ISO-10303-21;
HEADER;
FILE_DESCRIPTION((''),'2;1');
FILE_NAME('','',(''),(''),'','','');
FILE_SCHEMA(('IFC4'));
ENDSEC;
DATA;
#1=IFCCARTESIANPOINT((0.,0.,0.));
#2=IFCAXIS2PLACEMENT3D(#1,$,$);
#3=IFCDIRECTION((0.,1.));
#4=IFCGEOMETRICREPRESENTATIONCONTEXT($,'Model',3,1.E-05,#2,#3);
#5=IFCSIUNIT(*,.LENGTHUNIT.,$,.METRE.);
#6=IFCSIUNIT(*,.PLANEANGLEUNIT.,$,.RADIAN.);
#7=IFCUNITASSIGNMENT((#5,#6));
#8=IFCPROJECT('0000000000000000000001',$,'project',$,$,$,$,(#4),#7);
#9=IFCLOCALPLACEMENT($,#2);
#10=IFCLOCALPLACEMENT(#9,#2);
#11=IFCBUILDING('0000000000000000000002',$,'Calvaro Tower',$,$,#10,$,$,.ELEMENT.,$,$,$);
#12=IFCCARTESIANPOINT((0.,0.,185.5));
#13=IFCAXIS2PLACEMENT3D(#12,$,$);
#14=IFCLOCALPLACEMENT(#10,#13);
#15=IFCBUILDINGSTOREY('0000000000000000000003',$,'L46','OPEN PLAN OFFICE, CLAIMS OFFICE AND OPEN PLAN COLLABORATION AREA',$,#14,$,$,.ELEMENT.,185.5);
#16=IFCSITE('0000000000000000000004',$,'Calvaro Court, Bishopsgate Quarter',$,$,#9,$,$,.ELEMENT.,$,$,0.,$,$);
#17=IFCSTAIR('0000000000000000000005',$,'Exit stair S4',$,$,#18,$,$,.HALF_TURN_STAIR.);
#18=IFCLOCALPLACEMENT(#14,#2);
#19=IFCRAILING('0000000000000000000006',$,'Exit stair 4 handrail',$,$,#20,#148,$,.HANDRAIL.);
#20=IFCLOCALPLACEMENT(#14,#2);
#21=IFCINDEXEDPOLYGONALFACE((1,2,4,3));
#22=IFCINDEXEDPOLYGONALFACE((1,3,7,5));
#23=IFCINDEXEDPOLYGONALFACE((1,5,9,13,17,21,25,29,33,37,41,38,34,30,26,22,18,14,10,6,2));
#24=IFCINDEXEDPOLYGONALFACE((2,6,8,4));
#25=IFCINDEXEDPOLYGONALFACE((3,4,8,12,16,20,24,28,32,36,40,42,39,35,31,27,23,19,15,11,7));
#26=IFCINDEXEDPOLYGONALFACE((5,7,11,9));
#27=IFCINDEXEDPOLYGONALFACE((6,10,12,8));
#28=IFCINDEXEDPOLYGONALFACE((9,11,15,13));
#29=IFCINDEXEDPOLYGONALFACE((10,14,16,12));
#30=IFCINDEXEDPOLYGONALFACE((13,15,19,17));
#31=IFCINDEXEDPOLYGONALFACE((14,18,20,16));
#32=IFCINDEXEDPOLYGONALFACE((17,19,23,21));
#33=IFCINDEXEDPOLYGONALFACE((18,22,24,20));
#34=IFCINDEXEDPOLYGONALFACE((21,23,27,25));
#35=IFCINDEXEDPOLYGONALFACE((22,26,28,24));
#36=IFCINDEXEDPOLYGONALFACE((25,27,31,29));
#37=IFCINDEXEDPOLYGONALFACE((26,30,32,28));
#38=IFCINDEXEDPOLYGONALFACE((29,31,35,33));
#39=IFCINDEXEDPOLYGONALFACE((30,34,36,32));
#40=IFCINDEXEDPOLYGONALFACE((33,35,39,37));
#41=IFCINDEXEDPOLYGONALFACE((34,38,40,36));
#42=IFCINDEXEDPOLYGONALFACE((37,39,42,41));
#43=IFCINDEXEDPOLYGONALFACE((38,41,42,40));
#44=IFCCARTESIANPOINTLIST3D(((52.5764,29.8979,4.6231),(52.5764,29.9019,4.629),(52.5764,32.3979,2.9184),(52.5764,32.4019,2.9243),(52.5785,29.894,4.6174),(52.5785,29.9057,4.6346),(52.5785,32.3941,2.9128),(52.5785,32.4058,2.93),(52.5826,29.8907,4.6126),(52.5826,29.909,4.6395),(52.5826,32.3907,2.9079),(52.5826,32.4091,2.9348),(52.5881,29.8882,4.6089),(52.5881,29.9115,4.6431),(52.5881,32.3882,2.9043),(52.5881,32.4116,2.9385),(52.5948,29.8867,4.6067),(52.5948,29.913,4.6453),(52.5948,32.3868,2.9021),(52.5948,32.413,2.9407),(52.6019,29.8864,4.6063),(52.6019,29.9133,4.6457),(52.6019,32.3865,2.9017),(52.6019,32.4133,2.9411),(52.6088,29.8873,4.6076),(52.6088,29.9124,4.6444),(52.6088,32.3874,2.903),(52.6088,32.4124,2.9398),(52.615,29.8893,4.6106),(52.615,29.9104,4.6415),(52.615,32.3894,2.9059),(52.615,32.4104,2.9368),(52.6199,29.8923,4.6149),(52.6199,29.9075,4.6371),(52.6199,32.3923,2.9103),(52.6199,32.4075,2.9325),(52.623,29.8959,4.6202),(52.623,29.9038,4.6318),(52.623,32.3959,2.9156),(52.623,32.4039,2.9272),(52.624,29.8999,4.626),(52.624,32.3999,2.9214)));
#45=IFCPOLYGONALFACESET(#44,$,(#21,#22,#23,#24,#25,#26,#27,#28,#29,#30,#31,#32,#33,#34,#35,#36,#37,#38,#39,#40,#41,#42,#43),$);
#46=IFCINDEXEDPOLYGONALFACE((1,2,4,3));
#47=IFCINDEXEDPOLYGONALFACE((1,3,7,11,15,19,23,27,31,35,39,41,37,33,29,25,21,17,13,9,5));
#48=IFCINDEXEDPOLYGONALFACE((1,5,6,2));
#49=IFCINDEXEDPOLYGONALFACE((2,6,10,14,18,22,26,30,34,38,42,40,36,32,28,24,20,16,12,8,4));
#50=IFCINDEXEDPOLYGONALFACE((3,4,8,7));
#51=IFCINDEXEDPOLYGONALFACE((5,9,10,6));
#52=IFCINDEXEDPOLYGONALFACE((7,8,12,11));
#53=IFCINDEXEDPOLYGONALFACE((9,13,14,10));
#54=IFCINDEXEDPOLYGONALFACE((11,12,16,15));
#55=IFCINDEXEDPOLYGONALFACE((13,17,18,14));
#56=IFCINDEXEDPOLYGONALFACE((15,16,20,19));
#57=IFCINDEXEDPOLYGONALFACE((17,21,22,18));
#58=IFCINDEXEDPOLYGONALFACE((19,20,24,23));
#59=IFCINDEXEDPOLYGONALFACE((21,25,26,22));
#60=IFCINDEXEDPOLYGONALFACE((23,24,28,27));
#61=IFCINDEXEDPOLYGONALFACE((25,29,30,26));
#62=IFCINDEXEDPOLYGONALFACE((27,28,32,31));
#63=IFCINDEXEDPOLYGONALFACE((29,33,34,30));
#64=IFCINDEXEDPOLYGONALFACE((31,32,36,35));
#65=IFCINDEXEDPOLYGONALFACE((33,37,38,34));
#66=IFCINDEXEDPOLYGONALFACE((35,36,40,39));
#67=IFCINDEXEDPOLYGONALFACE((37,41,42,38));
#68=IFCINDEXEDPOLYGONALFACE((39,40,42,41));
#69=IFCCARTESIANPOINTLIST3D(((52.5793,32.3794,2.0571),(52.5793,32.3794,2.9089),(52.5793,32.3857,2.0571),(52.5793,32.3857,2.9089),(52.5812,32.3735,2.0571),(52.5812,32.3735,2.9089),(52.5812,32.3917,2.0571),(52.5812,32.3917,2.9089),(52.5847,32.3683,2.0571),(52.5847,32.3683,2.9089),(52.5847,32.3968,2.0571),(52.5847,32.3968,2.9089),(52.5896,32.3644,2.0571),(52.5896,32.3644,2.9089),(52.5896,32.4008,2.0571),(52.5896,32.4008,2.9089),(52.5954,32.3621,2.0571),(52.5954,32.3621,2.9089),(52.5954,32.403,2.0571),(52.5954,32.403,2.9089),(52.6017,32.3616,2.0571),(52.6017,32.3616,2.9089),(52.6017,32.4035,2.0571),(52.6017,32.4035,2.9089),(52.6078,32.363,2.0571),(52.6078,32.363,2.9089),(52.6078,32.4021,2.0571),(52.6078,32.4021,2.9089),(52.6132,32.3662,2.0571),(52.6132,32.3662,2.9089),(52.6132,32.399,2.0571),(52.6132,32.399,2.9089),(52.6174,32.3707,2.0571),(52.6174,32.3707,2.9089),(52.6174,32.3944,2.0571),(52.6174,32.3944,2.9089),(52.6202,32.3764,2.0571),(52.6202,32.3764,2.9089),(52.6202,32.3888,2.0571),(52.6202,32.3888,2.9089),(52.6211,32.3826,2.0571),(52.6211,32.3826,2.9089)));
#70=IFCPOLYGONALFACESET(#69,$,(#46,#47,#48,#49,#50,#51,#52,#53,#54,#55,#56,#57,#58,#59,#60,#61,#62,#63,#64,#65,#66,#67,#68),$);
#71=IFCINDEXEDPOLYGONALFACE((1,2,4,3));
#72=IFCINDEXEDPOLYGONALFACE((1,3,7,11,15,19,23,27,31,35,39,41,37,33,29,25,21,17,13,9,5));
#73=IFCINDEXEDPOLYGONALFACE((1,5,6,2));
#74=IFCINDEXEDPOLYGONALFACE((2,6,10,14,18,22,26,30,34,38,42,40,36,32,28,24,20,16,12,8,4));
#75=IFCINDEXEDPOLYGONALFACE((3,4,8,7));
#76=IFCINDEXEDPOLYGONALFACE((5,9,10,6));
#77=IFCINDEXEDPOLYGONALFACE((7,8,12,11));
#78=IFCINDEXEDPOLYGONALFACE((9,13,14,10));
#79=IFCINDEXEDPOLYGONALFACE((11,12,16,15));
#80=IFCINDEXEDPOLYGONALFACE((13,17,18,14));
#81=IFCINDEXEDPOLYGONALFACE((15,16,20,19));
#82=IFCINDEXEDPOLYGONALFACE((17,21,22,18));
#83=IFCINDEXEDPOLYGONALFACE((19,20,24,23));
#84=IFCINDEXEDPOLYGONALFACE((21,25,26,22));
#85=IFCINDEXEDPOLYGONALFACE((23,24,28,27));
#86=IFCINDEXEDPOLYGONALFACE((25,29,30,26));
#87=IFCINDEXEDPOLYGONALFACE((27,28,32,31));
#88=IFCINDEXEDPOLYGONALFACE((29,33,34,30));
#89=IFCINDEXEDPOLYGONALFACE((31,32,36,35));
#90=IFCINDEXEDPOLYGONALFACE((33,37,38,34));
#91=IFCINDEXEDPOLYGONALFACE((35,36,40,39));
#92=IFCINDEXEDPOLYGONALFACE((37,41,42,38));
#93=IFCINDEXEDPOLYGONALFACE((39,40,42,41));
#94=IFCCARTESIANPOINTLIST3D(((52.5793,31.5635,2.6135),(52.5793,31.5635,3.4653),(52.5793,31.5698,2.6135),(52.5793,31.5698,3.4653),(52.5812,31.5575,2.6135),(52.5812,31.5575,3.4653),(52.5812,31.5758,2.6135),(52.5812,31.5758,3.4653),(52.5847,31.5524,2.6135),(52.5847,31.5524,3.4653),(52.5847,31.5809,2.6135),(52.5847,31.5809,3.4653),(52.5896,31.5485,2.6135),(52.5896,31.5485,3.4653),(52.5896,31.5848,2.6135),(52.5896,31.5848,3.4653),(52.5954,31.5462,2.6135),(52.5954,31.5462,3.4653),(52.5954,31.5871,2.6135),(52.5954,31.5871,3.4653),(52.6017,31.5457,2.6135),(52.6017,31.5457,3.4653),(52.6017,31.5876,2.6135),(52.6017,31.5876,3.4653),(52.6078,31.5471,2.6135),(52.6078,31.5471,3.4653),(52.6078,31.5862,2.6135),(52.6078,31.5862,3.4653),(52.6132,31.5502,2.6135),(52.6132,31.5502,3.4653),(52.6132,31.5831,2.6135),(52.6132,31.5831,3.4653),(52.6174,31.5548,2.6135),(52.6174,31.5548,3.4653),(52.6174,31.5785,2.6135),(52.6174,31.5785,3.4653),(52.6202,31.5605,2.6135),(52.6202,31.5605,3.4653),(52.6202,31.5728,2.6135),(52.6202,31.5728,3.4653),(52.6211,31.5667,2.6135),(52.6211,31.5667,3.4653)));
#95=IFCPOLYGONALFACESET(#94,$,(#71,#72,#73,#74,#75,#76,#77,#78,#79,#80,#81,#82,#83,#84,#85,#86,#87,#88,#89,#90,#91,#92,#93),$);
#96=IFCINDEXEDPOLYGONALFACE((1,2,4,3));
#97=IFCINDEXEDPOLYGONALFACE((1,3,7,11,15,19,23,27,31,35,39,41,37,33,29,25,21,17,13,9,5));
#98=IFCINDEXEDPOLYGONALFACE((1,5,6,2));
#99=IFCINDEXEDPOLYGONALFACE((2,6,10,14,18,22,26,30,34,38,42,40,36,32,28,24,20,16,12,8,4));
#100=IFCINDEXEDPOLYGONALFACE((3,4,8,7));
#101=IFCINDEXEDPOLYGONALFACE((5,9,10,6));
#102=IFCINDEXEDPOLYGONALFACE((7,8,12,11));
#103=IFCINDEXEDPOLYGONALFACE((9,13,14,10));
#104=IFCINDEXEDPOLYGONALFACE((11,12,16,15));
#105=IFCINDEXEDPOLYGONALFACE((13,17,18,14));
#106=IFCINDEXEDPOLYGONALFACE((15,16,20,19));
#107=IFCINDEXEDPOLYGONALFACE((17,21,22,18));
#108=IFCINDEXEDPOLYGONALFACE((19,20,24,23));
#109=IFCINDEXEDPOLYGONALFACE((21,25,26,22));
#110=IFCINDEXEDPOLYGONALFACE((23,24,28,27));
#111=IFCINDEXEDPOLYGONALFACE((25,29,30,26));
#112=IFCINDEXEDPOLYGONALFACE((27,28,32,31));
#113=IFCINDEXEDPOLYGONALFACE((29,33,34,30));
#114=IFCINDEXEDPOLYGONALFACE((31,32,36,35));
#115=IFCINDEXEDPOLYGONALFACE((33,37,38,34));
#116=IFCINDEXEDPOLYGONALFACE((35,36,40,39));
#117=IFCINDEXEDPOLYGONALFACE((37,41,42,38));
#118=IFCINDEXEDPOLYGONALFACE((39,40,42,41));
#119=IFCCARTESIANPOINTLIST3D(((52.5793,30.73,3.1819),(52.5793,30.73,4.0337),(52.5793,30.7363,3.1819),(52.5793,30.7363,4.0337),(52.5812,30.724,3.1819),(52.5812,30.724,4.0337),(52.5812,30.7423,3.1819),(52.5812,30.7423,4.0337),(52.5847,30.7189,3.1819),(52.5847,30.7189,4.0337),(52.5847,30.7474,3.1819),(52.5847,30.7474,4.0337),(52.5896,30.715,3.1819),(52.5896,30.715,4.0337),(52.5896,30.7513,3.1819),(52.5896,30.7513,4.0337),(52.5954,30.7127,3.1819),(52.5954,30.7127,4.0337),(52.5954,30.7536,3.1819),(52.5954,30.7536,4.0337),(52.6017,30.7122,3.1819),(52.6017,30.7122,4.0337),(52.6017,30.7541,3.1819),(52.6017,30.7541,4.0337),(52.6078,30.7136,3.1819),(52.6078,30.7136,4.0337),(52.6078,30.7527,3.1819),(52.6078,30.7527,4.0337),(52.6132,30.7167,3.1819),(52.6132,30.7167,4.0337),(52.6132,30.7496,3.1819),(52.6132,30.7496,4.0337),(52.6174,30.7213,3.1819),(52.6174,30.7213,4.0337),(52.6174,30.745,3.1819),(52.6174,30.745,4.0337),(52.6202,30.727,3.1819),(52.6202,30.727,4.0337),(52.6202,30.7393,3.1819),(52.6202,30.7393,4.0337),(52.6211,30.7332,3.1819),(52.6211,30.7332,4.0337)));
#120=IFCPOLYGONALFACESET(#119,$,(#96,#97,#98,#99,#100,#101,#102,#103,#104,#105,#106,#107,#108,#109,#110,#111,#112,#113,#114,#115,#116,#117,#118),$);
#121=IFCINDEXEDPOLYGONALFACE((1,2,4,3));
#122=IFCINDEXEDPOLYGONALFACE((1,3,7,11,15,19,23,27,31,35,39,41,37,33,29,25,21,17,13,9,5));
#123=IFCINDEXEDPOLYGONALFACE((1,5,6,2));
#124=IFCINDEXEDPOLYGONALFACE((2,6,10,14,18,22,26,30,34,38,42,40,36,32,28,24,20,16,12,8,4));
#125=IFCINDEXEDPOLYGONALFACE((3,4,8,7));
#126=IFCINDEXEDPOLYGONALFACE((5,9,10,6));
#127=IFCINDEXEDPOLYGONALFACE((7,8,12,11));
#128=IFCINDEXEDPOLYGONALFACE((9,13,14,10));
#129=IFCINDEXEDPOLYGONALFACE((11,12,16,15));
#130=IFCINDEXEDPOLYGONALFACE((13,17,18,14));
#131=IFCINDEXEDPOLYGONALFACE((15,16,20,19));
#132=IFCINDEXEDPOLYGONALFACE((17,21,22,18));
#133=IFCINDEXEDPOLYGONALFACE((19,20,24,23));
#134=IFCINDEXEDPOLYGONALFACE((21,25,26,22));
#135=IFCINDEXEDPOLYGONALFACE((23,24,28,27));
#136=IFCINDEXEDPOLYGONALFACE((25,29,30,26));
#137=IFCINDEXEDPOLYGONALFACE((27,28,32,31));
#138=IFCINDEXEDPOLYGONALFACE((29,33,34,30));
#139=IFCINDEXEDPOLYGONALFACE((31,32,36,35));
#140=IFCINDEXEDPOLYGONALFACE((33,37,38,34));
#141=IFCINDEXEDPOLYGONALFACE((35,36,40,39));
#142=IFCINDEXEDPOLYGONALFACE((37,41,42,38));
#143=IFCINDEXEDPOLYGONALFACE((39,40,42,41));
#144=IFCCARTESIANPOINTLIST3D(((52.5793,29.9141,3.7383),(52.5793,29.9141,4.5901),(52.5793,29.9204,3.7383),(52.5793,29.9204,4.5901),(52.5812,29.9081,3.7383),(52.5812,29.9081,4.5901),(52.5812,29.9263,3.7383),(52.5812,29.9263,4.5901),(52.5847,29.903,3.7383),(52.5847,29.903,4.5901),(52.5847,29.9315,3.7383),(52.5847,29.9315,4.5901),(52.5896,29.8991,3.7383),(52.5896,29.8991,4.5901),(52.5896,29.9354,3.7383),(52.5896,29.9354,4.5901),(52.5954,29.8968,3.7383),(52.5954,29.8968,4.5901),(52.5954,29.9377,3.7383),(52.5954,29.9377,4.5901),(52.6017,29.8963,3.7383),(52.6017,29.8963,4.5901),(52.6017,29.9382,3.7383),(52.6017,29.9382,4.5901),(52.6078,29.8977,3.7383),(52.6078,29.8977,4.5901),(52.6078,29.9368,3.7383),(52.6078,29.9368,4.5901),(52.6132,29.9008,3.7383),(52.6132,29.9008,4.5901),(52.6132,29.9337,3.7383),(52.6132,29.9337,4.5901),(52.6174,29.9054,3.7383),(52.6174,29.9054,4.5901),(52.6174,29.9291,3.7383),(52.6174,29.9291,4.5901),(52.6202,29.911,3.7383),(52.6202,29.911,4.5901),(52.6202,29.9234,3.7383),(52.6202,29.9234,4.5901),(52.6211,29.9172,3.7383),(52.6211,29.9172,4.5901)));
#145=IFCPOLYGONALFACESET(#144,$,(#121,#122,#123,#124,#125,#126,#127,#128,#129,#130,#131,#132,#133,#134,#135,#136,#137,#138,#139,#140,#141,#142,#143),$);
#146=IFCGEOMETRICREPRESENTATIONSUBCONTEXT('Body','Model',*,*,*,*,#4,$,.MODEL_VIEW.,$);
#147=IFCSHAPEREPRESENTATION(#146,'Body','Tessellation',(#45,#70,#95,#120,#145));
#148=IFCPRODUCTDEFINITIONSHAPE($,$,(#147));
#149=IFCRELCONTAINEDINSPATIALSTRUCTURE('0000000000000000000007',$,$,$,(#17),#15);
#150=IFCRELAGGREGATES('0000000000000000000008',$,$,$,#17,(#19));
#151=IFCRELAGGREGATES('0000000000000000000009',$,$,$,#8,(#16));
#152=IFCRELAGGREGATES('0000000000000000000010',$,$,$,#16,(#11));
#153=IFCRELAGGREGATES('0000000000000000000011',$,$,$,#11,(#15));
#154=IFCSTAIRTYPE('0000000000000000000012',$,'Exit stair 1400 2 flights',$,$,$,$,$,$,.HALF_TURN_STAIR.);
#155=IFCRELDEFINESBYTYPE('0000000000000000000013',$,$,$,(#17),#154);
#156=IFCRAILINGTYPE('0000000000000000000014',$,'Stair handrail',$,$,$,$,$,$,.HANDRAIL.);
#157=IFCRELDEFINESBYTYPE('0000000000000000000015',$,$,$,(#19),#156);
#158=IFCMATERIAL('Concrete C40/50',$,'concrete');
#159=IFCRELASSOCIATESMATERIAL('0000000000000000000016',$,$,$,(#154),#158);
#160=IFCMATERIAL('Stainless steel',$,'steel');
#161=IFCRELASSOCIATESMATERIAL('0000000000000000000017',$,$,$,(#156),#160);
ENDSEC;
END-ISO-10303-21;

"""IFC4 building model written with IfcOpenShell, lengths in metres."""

from ifc_helpers import new_model, si_unit, direction, frame, origin, origin_2d, place, context, subcontext, project, spatial, circle, extrude, material, type_object, element, aggregate, save


model = new_model("IFC4")

# Units and contexts
model_context = context("Model", 3, precision=1e-05, world=origin(), true_north=direction((0.0, 1.0)))
body_context = subcontext(model_context, "Body", "Model", "MODEL_VIEW")
ifc_project = project(units=[si_unit("LENGTHUNIT", "METRE"), si_unit("PLANEANGLEUNIT", "RADIAN")], contexts=[model_context])

# Site, building, storey
site_placement = place(None, origin())
site = spatial("IfcSite", under=ifc_project, at=site_placement, Name="Calvaro Court, Bishopsgate Quarter", CompositionType="ELEMENT", RefElevation=0.0)
building_placement = place(site_placement, origin())
building = spatial("IfcBuilding", under=site, at=building_placement, Name="Calvaro Tower", CompositionType="ELEMENT")
storey_placement = place(building_placement, frame((0.0, 0.0, 185.5)))
storey = spatial("IfcBuildingStorey", under=building, at=storey_placement, Name="L46", Description="OPEN PLAN OFFICE, CLAIMS OFFICE AND OPEN PLAN COLLABORATION AREA", CompositionType="ELEMENT", Elevation=185.5)

# Stair
ifc_material_1 = material(Name="Concrete C40/50", Category="concrete")
stair_type = type_object("IfcStairType", Name="Exit stair 1400 2 flights", PredefinedType="HALF_TURN_STAIR", material=ifc_material_1)
stair_1_placement = place(storey_placement, origin())
stair_1 = element("IfcStair", 1, at=stair_1_placement, inside=storey, type_object=stair_type, Name="Exit stair S4", PredefinedType="HALF_TURN_STAIR")

# Railing
ifc_material_2 = material(Name="Stainless steel", Category="steel")
railing_type = type_object("IfcRailingType", Name="Stair handrail", PredefinedType="HANDRAIL", material=ifc_material_2)
railing_1_placement = place(storey_placement, frame((52.6001, 32.3999, 2.0454)))
railing_1 = element("IfcRailing", 2, at=railing_1_placement, type_object=railing_type, Name="Exit stair 4 handrail", PredefinedType="HANDRAIL", context=body_context, shape_type="SweptSolid", body=[
    extrude(circle(Radius=0.0239, at=origin_2d()), frame((0.0, 0.0, 0.876), z_axis=(0.0, -0.826221, 0.563347), x_axis=(1.0, 0.0, 0.0)), (0.0, 0.0, 1.0), 3.0259),
    extrude(circle(Radius=0.021, at=origin_2d()), frame((0.0, -0.0173, 0.0117)), (0.0, 0.0, 1.0), 0.8518),
    extrude(circle(Radius=0.021, at=origin_2d()), frame((0.0, -0.8333, 0.5681)), (0.0, 0.0, 1.0), 0.8518),
    extrude(circle(Radius=0.021, at=origin_2d()), frame((0.0, -1.6667, 1.1365)), (0.0, 0.0, 1.0), 0.8518),
    extrude(circle(Radius=0.021, at=origin_2d()), frame((0.0, -2.4827, 1.6929)), (0.0, 0.0, 1.0), 0.8518),
])
aggregate(stair_1, [railing_1])

save(model, "model.ifc")
